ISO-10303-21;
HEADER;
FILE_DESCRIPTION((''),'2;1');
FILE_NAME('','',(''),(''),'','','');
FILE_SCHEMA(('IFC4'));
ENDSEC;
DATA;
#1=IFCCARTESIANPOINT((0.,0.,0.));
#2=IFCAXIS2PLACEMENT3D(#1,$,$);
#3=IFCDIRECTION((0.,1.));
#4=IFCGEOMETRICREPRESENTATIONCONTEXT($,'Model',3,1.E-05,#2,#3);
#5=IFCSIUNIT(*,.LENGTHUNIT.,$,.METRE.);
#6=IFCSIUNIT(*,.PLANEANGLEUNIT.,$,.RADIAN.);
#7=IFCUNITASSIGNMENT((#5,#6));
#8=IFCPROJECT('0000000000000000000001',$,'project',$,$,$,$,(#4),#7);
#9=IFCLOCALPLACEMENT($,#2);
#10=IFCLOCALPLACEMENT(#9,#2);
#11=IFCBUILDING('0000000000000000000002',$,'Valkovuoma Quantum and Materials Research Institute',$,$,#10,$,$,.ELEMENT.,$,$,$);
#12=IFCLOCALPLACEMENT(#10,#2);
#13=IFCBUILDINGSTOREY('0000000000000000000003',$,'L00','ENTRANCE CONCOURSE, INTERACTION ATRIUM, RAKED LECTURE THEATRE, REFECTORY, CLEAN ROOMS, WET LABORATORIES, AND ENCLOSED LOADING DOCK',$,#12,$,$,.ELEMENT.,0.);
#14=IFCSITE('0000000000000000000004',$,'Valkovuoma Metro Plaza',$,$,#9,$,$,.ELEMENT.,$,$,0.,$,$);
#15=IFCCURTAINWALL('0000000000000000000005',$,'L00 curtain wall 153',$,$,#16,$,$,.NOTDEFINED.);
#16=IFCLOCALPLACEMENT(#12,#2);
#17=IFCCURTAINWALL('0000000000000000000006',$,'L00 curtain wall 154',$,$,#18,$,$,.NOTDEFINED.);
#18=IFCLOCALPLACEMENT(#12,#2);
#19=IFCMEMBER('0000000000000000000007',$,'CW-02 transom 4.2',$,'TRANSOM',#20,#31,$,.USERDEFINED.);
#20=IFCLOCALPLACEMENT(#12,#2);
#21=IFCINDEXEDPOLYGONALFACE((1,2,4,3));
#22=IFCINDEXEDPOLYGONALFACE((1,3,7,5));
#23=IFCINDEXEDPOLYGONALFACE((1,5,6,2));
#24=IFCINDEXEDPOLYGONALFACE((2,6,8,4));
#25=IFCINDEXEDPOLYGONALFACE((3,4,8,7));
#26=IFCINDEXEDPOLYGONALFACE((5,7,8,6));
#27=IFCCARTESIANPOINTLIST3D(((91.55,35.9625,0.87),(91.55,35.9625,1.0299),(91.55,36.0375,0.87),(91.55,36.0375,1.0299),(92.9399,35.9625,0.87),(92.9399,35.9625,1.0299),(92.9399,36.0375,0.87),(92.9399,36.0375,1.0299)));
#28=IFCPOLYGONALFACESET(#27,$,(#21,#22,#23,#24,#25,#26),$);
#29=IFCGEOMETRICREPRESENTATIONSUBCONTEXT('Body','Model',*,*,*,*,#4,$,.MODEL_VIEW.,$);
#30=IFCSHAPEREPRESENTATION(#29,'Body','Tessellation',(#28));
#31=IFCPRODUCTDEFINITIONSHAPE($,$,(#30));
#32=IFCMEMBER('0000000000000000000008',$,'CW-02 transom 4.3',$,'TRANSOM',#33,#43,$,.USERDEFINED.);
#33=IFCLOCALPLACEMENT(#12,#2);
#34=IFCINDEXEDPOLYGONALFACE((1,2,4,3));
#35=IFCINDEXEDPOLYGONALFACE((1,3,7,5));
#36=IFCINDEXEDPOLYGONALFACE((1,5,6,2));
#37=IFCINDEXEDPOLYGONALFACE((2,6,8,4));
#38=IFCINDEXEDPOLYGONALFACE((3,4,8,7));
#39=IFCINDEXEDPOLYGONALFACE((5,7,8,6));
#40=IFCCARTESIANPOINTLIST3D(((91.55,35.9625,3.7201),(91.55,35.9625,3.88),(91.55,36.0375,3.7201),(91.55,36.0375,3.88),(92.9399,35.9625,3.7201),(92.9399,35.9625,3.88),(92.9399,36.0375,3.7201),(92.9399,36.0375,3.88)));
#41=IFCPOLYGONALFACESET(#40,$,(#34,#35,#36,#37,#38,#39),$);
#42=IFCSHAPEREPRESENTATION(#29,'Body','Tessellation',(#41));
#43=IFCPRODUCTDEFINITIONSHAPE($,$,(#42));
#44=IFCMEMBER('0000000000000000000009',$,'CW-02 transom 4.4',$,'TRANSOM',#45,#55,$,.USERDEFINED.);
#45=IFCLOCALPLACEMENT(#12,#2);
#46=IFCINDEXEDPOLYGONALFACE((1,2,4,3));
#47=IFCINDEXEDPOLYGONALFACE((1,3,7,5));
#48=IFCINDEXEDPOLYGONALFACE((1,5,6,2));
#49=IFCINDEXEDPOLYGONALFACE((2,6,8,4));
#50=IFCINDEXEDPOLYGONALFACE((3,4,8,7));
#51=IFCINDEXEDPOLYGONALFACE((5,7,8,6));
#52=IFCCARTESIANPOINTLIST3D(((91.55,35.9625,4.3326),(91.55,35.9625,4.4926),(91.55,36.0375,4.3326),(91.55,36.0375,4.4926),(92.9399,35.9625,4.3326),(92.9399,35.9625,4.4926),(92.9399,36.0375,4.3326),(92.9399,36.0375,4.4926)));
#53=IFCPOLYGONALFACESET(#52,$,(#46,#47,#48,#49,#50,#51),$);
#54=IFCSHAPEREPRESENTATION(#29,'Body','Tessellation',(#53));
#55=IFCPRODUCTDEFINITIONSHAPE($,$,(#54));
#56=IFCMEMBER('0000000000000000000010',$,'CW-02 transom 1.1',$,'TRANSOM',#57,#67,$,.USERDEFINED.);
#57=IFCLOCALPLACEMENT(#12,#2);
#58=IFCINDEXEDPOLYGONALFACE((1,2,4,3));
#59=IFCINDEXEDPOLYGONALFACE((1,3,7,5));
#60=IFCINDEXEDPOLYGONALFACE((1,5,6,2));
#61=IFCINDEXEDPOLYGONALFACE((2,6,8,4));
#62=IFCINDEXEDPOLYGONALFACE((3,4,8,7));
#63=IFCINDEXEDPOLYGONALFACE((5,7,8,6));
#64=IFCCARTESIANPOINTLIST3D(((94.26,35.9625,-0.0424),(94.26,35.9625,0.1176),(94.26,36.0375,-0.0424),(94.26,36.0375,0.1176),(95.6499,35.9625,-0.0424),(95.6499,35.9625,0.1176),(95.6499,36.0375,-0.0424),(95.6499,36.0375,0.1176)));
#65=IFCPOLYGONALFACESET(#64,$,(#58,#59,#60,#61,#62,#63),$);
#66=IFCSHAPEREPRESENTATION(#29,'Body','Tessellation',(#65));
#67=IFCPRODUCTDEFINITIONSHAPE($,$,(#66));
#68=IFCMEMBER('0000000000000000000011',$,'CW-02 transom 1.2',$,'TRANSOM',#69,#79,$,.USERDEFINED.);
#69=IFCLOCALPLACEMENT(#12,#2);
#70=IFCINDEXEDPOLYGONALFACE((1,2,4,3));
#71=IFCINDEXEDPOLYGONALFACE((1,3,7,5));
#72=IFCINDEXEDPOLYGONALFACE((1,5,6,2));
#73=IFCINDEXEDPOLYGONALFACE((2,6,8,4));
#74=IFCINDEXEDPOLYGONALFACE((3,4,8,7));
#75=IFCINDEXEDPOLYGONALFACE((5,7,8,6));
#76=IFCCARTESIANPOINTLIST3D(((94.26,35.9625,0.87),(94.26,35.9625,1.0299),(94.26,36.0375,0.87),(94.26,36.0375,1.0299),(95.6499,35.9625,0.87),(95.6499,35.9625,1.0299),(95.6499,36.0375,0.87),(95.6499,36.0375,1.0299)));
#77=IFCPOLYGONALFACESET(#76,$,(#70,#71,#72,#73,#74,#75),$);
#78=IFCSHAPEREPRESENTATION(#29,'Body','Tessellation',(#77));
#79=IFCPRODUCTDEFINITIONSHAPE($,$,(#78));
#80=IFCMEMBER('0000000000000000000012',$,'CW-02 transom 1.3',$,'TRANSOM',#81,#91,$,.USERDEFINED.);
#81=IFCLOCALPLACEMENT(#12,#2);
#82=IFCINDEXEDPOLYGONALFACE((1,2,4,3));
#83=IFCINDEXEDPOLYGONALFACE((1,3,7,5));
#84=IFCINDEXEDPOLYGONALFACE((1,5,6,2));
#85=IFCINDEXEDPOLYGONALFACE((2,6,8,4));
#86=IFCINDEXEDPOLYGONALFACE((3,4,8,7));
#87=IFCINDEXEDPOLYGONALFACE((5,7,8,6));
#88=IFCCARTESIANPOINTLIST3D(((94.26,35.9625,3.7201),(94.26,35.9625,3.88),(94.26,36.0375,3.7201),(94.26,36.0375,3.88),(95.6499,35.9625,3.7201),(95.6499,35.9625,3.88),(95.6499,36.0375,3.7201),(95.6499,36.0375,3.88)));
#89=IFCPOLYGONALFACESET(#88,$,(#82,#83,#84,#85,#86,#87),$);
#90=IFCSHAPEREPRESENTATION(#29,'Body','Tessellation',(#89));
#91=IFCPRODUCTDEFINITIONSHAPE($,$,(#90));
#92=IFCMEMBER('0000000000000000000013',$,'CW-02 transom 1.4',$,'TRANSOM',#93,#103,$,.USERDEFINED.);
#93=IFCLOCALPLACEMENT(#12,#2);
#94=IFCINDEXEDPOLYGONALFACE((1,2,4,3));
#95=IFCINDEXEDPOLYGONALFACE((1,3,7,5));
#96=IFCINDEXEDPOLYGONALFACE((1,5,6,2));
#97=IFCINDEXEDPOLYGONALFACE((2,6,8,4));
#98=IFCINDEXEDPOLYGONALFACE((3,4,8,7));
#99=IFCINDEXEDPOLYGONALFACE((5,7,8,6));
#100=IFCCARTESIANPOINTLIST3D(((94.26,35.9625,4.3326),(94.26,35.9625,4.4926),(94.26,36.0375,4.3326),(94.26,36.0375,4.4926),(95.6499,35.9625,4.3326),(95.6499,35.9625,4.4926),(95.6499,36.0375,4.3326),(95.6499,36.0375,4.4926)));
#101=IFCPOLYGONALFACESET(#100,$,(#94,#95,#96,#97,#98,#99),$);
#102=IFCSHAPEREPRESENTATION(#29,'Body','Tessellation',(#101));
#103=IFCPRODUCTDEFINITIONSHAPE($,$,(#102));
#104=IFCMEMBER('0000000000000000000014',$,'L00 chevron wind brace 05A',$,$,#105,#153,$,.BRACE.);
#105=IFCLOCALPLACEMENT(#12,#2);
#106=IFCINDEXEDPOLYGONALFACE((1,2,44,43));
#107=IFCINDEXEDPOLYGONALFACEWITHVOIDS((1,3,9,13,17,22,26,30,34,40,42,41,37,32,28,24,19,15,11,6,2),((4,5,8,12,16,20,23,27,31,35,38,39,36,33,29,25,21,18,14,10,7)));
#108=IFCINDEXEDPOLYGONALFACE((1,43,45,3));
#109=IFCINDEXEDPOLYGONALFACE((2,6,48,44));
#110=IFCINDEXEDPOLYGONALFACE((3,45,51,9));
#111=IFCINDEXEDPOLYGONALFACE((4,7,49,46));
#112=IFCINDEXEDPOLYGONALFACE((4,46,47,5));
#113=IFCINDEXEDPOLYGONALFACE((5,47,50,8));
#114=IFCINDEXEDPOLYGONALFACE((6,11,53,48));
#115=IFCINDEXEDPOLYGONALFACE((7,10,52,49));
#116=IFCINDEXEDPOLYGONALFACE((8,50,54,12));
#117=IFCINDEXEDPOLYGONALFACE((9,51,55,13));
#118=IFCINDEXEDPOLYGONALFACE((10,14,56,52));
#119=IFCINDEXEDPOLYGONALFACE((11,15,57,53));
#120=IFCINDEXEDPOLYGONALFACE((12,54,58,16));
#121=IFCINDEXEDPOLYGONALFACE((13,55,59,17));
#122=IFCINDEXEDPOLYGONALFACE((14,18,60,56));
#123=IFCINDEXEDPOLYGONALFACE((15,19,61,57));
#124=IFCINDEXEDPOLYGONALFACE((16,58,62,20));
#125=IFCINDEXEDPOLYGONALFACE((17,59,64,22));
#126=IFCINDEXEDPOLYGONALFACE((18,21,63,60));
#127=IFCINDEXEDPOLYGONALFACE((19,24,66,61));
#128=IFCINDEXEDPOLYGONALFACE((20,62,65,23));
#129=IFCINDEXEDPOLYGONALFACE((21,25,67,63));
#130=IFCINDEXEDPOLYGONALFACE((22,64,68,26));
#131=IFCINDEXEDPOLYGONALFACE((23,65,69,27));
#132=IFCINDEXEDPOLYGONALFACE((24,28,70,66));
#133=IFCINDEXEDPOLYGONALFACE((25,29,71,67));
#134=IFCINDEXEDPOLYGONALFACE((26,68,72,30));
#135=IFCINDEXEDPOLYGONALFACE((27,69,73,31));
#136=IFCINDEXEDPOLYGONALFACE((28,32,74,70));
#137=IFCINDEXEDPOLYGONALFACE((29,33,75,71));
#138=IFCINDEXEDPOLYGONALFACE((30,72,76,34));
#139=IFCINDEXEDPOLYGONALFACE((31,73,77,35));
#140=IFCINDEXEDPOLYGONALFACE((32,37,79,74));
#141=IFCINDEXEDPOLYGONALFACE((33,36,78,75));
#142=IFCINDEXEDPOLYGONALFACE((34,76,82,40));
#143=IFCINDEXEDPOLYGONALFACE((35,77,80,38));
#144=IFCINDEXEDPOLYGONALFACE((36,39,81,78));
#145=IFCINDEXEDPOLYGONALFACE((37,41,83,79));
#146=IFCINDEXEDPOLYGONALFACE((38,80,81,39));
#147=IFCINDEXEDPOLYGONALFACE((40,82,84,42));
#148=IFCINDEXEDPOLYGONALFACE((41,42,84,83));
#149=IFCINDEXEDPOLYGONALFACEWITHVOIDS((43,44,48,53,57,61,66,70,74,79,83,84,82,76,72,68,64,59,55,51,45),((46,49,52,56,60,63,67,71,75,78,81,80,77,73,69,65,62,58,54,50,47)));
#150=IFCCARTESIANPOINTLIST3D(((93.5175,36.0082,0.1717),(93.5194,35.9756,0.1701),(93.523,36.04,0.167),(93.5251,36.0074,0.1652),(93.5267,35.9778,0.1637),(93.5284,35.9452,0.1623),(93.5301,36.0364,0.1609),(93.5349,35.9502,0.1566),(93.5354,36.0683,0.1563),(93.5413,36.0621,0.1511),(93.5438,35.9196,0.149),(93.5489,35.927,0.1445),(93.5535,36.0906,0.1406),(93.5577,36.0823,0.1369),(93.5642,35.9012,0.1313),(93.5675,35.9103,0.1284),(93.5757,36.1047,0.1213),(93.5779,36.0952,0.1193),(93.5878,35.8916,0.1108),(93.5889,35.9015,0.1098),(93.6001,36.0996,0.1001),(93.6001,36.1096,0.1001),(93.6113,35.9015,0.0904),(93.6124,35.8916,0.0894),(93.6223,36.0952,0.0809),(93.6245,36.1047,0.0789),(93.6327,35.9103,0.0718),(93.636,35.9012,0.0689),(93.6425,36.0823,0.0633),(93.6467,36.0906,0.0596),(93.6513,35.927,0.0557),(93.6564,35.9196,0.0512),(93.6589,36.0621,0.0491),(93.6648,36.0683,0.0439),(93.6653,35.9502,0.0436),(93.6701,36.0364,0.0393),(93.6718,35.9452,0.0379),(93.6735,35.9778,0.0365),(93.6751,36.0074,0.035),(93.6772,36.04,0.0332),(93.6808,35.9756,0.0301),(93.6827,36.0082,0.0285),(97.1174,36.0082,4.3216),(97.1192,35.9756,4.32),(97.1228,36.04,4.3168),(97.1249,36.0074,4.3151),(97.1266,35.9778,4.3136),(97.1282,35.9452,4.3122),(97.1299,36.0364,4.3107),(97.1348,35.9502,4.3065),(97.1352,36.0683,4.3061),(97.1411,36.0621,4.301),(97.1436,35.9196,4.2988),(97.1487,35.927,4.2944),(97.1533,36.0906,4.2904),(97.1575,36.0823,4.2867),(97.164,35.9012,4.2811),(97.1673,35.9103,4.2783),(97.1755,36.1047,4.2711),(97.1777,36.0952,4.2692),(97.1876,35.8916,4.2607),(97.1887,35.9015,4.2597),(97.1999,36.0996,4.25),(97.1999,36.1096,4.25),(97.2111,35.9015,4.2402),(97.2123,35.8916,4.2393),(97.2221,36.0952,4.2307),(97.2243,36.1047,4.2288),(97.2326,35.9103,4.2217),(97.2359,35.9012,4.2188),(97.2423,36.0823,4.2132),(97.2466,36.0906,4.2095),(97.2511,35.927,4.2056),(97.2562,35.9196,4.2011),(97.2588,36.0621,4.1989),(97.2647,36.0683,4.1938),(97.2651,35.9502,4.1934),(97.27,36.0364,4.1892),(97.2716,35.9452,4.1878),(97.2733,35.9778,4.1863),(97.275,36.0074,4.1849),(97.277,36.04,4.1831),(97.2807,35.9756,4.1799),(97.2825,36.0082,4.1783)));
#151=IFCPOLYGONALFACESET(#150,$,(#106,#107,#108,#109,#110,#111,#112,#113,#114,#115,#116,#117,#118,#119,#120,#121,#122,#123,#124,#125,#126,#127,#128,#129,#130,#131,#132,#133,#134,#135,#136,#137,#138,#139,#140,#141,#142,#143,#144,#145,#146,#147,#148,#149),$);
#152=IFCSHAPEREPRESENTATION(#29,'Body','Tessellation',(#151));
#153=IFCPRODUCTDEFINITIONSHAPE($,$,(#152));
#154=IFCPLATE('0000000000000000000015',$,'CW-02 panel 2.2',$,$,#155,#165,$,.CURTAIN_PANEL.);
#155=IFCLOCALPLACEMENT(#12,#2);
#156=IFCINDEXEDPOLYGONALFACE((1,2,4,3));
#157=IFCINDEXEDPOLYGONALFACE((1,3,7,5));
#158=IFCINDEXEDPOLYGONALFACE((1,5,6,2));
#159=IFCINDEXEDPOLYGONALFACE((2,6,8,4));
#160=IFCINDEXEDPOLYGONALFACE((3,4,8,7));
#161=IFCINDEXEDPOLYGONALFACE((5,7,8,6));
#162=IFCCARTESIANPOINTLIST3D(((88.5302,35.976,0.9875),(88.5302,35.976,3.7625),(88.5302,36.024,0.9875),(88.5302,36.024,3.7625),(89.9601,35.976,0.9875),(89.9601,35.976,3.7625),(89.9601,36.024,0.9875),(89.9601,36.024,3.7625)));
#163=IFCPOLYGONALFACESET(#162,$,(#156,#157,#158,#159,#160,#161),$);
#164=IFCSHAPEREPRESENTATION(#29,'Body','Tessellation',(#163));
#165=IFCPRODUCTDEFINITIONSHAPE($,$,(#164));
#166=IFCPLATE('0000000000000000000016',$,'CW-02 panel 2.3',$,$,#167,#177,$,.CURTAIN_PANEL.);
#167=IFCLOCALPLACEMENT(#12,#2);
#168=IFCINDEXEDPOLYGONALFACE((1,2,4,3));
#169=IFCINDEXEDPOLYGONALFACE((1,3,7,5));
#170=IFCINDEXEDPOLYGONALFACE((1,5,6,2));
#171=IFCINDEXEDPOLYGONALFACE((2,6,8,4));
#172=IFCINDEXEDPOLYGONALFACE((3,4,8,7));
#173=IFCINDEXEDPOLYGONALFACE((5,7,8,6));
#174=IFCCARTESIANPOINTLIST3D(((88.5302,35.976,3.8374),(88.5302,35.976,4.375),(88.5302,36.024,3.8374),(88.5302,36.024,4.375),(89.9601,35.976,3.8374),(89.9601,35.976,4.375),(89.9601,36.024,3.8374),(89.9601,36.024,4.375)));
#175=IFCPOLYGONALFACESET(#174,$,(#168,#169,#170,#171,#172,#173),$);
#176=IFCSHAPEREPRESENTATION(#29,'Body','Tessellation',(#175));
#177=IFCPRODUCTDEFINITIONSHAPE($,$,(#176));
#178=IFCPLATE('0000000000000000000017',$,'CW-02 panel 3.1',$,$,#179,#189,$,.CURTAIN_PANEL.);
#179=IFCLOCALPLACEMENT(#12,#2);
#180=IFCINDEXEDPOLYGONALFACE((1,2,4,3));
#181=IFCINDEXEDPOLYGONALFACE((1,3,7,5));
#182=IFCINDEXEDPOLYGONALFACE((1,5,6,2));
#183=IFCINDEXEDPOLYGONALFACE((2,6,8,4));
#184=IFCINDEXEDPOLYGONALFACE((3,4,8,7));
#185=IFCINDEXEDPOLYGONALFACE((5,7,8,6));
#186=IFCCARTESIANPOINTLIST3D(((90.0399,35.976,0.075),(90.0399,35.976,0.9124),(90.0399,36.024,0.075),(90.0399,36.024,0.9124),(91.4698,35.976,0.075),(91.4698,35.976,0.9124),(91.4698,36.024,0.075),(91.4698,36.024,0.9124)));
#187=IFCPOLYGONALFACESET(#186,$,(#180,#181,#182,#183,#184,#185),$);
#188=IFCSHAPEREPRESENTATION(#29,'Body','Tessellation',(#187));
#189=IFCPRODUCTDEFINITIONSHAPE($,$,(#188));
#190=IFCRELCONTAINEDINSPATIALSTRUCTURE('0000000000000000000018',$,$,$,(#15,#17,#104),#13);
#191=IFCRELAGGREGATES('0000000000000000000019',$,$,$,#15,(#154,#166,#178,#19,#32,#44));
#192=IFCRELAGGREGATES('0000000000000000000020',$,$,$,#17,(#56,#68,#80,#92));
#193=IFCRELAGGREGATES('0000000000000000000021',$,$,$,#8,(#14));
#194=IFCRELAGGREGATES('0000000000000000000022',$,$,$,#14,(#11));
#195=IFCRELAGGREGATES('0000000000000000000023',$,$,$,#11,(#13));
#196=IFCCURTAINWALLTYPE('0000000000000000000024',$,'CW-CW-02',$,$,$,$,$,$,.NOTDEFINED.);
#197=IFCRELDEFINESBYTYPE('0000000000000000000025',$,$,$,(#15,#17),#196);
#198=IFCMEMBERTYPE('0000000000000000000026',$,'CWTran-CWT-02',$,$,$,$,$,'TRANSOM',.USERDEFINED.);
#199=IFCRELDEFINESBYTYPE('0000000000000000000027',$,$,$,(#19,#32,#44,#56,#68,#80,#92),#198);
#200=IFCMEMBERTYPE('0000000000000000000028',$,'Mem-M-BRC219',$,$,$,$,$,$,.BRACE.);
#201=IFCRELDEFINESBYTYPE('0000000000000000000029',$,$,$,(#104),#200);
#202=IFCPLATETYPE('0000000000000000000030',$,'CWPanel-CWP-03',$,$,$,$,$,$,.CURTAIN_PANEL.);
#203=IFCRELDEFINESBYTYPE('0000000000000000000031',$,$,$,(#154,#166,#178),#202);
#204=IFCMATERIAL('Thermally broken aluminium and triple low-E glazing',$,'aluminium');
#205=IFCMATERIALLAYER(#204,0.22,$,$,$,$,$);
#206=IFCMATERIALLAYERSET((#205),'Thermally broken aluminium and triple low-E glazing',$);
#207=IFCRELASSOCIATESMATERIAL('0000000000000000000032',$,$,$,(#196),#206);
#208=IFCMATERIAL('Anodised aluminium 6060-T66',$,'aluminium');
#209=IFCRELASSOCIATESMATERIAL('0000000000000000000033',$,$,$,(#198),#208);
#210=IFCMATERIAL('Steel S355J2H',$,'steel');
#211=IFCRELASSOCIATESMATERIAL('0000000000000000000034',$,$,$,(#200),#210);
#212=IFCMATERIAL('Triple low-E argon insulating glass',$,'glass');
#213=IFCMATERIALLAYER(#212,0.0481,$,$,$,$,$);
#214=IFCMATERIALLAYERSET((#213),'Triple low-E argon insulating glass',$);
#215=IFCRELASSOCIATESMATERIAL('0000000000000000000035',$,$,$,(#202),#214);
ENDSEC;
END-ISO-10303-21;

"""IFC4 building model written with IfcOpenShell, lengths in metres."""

from ifc_helpers import new_model, si_unit, direction, frame, origin, origin_2d, place, context, subcontext, project, spatial, rectangle, hollow_circle, extrude, material, layer, layer_set, material_profile, profile_set, type_object, element, aggregate, save


model = new_model("IFC4")

# Units and contexts
model_context = context("Model", 3, precision=1e-05, world=origin(), true_north=direction((0.0, 1.0)))
body_context = subcontext(model_context, "Body", "Model", "MODEL_VIEW")
ifc_project = project(units=[si_unit("LENGTHUNIT", "METRE"), si_unit("PLANEANGLEUNIT", "RADIAN")], contexts=[model_context])

# Site, building, storey
site_placement = place(None, origin())
site = spatial("IfcSite", under=ifc_project, at=site_placement, Name="Valkovuoma Metro Plaza", CompositionType="ELEMENT", RefElevation=0.0)
building_placement = place(site_placement, origin())
building = spatial("IfcBuilding", under=site, at=building_placement, Name="Valkovuoma Quantum and Materials Research Institute", CompositionType="ELEMENT")
storey_placement = place(building_placement, origin())
storey = spatial("IfcBuildingStorey", under=building, at=storey_placement, Name="L00", Description="ENTRANCE CONCOURSE, INTERACTION ATRIUM, RAKED LECTURE THEATRE, REFECTORY, CLEAN ROOMS, WET LABORATORIES, AND ENCLOSED LOADING DOCK", CompositionType="ELEMENT", Elevation=0.0)

# Curtain wall
ifc_material_1 = material(Name="Thermally broken aluminium and triple low-E glazing", Category="aluminium")
ifc_layer_1 = layer(ifc_material_1, 0.22)
ifc_layer_set_1 = layer_set([ifc_layer_1], Name="Thermally broken aluminium and triple low-E glazing")
curtain_wall_type = type_object("IfcCurtainWallType", Name="CW-CW-02", PredefinedType="NOTDEFINED", material=ifc_layer_set_1)
curtain_wall_1_placement = place(storey_placement, origin())
curtain_wall_1 = element("IfcCurtainWall", 1, at=curtain_wall_1_placement, inside=storey, type_object=curtain_wall_type, Name="L00 curtain wall 153", PredefinedType="NOTDEFINED")

# Curtain wall
curtain_wall_2_placement = place(storey_placement, origin())
curtain_wall_2 = element("IfcCurtainWall", 2, at=curtain_wall_2_placement, inside=storey, type_object=curtain_wall_type, Name="L00 curtain wall 154", PredefinedType="NOTDEFINED")

# Members
ifc_material_2 = material(Name="Anodised aluminium 6060-T66", Category="aluminium")
ifc_material_profile_1 = material_profile(ifc_material_2, rectangle(XDim=0.075, YDim=0.1599, at=origin_2d()), Name="Anodised aluminium 6060-T66")
ifc_profile_set_1 = profile_set([ifc_material_profile_1], Name="Anodised aluminium 6060-T66")
member_type_1 = type_object("IfcMemberType", Name="CWTran-CWT-02", ElementType="TRANSOM", PredefinedType="USERDEFINED", material=ifc_profile_set_1)
member_1_placement = place(storey_placement, frame((91.55, 36.0, 0.95), z_axis=(1.0, 0.0, 0.0), x_axis=(0.0, 1.0, 0.0)))
member_1 = element("IfcMember", 3, at=member_1_placement, type_object=member_type_1, Name="CW-02 transom 4.2", ObjectType="TRANSOM", PredefinedType="USERDEFINED", context=body_context, shape_type="SweptSolid", body=[
    extrude(rectangle(XDim=0.075, YDim=0.1599, at=origin_2d()), origin(), (0.0, 0.0, 1.0), 1.3899),
])
member_2_placement = place(storey_placement, frame((91.55, 36.0, 3.8), z_axis=(1.0, 0.0, 0.0), x_axis=(0.0, 1.0, 0.0)))
member_2 = element("IfcMember", 4, at=member_2_placement, type_object=member_type_1, Name="CW-02 transom 4.3", ObjectType="TRANSOM", PredefinedType="USERDEFINED", context=body_context, shape_type="SweptSolid", body=[
    extrude(rectangle(XDim=0.075, YDim=0.1599, at=origin_2d()), origin(), (0.0, 0.0, 1.0), 1.3899),
])
member_3_placement = place(storey_placement, frame((91.55, 36.0, 4.4126), z_axis=(1.0, 0.0, 0.0), x_axis=(0.0, 1.0, 0.0)))
member_3 = element("IfcMember", 5, at=member_3_placement, type_object=member_type_1, Name="CW-02 transom 4.4", ObjectType="TRANSOM", PredefinedType="USERDEFINED", context=body_context, shape_type="SweptSolid", body=[
    extrude(rectangle(XDim=0.075, YDim=0.1599, at=origin_2d()), origin(), (0.0, 0.0, 1.0), 1.3899),
])
member_4_placement = place(storey_placement, frame((94.26, 36.0, 0.0376), z_axis=(1.0, 0.0, 0.0), x_axis=(0.0, 1.0, 0.0)))
member_4 = element("IfcMember", 6, at=member_4_placement, type_object=member_type_1, Name="CW-02 transom 1.1", ObjectType="TRANSOM", PredefinedType="USERDEFINED", context=body_context, shape_type="SweptSolid", body=[
    extrude(rectangle(XDim=0.075, YDim=0.1599, at=origin_2d()), origin(), (0.0, 0.0, 1.0), 1.3899),
])
member_5_placement = place(storey_placement, frame((94.26, 36.0, 0.95), z_axis=(1.0, 0.0, 0.0), x_axis=(0.0, 1.0, 0.0)))
member_5 = element("IfcMember", 7, at=member_5_placement, type_object=member_type_1, Name="CW-02 transom 1.2", ObjectType="TRANSOM", PredefinedType="USERDEFINED", context=body_context, shape_type="SweptSolid", body=[
    extrude(rectangle(XDim=0.075, YDim=0.1599, at=origin_2d()), origin(), (0.0, 0.0, 1.0), 1.3899),
])
member_6_placement = place(storey_placement, frame((94.26, 36.0, 3.8), z_axis=(1.0, 0.0, 0.0), x_axis=(0.0, 1.0, 0.0)))
member_6 = element("IfcMember", 8, at=member_6_placement, type_object=member_type_1, Name="CW-02 transom 1.3", ObjectType="TRANSOM", PredefinedType="USERDEFINED", context=body_context, shape_type="SweptSolid", body=[
    extrude(rectangle(XDim=0.075, YDim=0.1599, at=origin_2d()), origin(), (0.0, 0.0, 1.0), 1.3899),
])
member_7_placement = place(storey_placement, frame((94.26, 36.0, 4.4126), z_axis=(1.0, 0.0, 0.0), x_axis=(0.0, 1.0, 0.0)))
member_7 = element("IfcMember", 9, at=member_7_placement, type_object=member_type_1, Name="CW-02 transom 1.4", ObjectType="TRANSOM", PredefinedType="USERDEFINED", context=body_context, shape_type="SweptSolid", body=[
    extrude(rectangle(XDim=0.075, YDim=0.1599, at=origin_2d()), origin(), (0.0, 0.0, 1.0), 1.3899),
])
ifc_material_3 = material(Name="Steel S355J2H", Category="steel")
ifc_material_profile_2 = material_profile(ifc_material_3, hollow_circle(Radius=0.1096, WallThickness=0.01, at=origin_2d()), Name="Steel S355J2H")
ifc_profile_set_2 = profile_set([ifc_material_profile_2], Name="Steel S355J2H")
member_type_2 = type_object("IfcMemberType", Name="Mem-M-BRC219", PredefinedType="BRACE", material=ifc_profile_set_2)
member_8_placement = place(storey_placement, frame((93.6001, 36.0, 0.1001), z_axis=(0.655271, 0.0, 0.755394), x_axis=(0.0, 1.0, 0.0)))
element("IfcMember", 10, at=member_8_placement, inside=storey, type_object=member_type_2, Name="L00 chevron wind brace 05A", PredefinedType="BRACE", context=body_context, shape_type="SweptSolid", body=[
    extrude(hollow_circle(Radius=0.1096, WallThickness=0.01, at=origin_2d()), origin(), (0.0, 0.0, 1.0), 5.4937),
])

# Plates
ifc_material_4 = material(Name="Triple low-E argon insulating glass", Category="glass")
ifc_layer_2 = layer(ifc_material_4, 0.0481)
ifc_layer_set_2 = layer_set([ifc_layer_2], Name="Triple low-E argon insulating glass")
plate_type = type_object("IfcPlateType", Name="CWPanel-CWP-03", PredefinedType="CURTAIN_PANEL", material=ifc_layer_set_2)
plate_1_placement = place(storey_placement, frame((89.2451, 36.0, 0.9875), z_axis=(0.0, 0.0, 1.0), x_axis=(1.0, 0.0, 0.0)))
plate_1 = element("IfcPlate", 11, at=plate_1_placement, type_object=plate_type, Name="CW-02 panel 2.2", PredefinedType="CURTAIN_PANEL", context=body_context, shape_type="SweptSolid", body=[
    extrude(rectangle(XDim=1.4299, YDim=0.0481, at=origin_2d()), origin(), (0.0, 0.0, 1.0), 2.7749),
])
plate_2_placement = place(storey_placement, frame((89.2451, 36.0, 3.8374), z_axis=(0.0, 0.0, 1.0), x_axis=(1.0, 0.0, 0.0)))
plate_2 = element("IfcPlate", 12, at=plate_2_placement, type_object=plate_type, Name="CW-02 panel 2.3", PredefinedType="CURTAIN_PANEL", context=body_context, shape_type="SweptSolid", body=[
    extrude(rectangle(XDim=1.4299, YDim=0.0481, at=origin_2d()), origin(), (0.0, 0.0, 1.0), 0.5376),
])
plate_3_placement = place(storey_placement, frame((90.7549, 36.0, 0.075), z_axis=(0.0, 0.0, 1.0), x_axis=(1.0, 0.0, 0.0)))
plate_3 = element("IfcPlate", 13, at=plate_3_placement, type_object=plate_type, Name="CW-02 panel 3.1", PredefinedType="CURTAIN_PANEL", context=body_context, shape_type="SweptSolid", body=[
    extrude(rectangle(XDim=1.4299, YDim=0.0481, at=origin_2d()), origin(), (0.0, 0.0, 1.0), 0.8374),
])
aggregate(curtain_wall_1, [plate_1, plate_2, plate_3, member_1, member_2, member_3])
aggregate(curtain_wall_2, [member_4, member_5, member_6, member_7])

save(model, "model.ifc")
